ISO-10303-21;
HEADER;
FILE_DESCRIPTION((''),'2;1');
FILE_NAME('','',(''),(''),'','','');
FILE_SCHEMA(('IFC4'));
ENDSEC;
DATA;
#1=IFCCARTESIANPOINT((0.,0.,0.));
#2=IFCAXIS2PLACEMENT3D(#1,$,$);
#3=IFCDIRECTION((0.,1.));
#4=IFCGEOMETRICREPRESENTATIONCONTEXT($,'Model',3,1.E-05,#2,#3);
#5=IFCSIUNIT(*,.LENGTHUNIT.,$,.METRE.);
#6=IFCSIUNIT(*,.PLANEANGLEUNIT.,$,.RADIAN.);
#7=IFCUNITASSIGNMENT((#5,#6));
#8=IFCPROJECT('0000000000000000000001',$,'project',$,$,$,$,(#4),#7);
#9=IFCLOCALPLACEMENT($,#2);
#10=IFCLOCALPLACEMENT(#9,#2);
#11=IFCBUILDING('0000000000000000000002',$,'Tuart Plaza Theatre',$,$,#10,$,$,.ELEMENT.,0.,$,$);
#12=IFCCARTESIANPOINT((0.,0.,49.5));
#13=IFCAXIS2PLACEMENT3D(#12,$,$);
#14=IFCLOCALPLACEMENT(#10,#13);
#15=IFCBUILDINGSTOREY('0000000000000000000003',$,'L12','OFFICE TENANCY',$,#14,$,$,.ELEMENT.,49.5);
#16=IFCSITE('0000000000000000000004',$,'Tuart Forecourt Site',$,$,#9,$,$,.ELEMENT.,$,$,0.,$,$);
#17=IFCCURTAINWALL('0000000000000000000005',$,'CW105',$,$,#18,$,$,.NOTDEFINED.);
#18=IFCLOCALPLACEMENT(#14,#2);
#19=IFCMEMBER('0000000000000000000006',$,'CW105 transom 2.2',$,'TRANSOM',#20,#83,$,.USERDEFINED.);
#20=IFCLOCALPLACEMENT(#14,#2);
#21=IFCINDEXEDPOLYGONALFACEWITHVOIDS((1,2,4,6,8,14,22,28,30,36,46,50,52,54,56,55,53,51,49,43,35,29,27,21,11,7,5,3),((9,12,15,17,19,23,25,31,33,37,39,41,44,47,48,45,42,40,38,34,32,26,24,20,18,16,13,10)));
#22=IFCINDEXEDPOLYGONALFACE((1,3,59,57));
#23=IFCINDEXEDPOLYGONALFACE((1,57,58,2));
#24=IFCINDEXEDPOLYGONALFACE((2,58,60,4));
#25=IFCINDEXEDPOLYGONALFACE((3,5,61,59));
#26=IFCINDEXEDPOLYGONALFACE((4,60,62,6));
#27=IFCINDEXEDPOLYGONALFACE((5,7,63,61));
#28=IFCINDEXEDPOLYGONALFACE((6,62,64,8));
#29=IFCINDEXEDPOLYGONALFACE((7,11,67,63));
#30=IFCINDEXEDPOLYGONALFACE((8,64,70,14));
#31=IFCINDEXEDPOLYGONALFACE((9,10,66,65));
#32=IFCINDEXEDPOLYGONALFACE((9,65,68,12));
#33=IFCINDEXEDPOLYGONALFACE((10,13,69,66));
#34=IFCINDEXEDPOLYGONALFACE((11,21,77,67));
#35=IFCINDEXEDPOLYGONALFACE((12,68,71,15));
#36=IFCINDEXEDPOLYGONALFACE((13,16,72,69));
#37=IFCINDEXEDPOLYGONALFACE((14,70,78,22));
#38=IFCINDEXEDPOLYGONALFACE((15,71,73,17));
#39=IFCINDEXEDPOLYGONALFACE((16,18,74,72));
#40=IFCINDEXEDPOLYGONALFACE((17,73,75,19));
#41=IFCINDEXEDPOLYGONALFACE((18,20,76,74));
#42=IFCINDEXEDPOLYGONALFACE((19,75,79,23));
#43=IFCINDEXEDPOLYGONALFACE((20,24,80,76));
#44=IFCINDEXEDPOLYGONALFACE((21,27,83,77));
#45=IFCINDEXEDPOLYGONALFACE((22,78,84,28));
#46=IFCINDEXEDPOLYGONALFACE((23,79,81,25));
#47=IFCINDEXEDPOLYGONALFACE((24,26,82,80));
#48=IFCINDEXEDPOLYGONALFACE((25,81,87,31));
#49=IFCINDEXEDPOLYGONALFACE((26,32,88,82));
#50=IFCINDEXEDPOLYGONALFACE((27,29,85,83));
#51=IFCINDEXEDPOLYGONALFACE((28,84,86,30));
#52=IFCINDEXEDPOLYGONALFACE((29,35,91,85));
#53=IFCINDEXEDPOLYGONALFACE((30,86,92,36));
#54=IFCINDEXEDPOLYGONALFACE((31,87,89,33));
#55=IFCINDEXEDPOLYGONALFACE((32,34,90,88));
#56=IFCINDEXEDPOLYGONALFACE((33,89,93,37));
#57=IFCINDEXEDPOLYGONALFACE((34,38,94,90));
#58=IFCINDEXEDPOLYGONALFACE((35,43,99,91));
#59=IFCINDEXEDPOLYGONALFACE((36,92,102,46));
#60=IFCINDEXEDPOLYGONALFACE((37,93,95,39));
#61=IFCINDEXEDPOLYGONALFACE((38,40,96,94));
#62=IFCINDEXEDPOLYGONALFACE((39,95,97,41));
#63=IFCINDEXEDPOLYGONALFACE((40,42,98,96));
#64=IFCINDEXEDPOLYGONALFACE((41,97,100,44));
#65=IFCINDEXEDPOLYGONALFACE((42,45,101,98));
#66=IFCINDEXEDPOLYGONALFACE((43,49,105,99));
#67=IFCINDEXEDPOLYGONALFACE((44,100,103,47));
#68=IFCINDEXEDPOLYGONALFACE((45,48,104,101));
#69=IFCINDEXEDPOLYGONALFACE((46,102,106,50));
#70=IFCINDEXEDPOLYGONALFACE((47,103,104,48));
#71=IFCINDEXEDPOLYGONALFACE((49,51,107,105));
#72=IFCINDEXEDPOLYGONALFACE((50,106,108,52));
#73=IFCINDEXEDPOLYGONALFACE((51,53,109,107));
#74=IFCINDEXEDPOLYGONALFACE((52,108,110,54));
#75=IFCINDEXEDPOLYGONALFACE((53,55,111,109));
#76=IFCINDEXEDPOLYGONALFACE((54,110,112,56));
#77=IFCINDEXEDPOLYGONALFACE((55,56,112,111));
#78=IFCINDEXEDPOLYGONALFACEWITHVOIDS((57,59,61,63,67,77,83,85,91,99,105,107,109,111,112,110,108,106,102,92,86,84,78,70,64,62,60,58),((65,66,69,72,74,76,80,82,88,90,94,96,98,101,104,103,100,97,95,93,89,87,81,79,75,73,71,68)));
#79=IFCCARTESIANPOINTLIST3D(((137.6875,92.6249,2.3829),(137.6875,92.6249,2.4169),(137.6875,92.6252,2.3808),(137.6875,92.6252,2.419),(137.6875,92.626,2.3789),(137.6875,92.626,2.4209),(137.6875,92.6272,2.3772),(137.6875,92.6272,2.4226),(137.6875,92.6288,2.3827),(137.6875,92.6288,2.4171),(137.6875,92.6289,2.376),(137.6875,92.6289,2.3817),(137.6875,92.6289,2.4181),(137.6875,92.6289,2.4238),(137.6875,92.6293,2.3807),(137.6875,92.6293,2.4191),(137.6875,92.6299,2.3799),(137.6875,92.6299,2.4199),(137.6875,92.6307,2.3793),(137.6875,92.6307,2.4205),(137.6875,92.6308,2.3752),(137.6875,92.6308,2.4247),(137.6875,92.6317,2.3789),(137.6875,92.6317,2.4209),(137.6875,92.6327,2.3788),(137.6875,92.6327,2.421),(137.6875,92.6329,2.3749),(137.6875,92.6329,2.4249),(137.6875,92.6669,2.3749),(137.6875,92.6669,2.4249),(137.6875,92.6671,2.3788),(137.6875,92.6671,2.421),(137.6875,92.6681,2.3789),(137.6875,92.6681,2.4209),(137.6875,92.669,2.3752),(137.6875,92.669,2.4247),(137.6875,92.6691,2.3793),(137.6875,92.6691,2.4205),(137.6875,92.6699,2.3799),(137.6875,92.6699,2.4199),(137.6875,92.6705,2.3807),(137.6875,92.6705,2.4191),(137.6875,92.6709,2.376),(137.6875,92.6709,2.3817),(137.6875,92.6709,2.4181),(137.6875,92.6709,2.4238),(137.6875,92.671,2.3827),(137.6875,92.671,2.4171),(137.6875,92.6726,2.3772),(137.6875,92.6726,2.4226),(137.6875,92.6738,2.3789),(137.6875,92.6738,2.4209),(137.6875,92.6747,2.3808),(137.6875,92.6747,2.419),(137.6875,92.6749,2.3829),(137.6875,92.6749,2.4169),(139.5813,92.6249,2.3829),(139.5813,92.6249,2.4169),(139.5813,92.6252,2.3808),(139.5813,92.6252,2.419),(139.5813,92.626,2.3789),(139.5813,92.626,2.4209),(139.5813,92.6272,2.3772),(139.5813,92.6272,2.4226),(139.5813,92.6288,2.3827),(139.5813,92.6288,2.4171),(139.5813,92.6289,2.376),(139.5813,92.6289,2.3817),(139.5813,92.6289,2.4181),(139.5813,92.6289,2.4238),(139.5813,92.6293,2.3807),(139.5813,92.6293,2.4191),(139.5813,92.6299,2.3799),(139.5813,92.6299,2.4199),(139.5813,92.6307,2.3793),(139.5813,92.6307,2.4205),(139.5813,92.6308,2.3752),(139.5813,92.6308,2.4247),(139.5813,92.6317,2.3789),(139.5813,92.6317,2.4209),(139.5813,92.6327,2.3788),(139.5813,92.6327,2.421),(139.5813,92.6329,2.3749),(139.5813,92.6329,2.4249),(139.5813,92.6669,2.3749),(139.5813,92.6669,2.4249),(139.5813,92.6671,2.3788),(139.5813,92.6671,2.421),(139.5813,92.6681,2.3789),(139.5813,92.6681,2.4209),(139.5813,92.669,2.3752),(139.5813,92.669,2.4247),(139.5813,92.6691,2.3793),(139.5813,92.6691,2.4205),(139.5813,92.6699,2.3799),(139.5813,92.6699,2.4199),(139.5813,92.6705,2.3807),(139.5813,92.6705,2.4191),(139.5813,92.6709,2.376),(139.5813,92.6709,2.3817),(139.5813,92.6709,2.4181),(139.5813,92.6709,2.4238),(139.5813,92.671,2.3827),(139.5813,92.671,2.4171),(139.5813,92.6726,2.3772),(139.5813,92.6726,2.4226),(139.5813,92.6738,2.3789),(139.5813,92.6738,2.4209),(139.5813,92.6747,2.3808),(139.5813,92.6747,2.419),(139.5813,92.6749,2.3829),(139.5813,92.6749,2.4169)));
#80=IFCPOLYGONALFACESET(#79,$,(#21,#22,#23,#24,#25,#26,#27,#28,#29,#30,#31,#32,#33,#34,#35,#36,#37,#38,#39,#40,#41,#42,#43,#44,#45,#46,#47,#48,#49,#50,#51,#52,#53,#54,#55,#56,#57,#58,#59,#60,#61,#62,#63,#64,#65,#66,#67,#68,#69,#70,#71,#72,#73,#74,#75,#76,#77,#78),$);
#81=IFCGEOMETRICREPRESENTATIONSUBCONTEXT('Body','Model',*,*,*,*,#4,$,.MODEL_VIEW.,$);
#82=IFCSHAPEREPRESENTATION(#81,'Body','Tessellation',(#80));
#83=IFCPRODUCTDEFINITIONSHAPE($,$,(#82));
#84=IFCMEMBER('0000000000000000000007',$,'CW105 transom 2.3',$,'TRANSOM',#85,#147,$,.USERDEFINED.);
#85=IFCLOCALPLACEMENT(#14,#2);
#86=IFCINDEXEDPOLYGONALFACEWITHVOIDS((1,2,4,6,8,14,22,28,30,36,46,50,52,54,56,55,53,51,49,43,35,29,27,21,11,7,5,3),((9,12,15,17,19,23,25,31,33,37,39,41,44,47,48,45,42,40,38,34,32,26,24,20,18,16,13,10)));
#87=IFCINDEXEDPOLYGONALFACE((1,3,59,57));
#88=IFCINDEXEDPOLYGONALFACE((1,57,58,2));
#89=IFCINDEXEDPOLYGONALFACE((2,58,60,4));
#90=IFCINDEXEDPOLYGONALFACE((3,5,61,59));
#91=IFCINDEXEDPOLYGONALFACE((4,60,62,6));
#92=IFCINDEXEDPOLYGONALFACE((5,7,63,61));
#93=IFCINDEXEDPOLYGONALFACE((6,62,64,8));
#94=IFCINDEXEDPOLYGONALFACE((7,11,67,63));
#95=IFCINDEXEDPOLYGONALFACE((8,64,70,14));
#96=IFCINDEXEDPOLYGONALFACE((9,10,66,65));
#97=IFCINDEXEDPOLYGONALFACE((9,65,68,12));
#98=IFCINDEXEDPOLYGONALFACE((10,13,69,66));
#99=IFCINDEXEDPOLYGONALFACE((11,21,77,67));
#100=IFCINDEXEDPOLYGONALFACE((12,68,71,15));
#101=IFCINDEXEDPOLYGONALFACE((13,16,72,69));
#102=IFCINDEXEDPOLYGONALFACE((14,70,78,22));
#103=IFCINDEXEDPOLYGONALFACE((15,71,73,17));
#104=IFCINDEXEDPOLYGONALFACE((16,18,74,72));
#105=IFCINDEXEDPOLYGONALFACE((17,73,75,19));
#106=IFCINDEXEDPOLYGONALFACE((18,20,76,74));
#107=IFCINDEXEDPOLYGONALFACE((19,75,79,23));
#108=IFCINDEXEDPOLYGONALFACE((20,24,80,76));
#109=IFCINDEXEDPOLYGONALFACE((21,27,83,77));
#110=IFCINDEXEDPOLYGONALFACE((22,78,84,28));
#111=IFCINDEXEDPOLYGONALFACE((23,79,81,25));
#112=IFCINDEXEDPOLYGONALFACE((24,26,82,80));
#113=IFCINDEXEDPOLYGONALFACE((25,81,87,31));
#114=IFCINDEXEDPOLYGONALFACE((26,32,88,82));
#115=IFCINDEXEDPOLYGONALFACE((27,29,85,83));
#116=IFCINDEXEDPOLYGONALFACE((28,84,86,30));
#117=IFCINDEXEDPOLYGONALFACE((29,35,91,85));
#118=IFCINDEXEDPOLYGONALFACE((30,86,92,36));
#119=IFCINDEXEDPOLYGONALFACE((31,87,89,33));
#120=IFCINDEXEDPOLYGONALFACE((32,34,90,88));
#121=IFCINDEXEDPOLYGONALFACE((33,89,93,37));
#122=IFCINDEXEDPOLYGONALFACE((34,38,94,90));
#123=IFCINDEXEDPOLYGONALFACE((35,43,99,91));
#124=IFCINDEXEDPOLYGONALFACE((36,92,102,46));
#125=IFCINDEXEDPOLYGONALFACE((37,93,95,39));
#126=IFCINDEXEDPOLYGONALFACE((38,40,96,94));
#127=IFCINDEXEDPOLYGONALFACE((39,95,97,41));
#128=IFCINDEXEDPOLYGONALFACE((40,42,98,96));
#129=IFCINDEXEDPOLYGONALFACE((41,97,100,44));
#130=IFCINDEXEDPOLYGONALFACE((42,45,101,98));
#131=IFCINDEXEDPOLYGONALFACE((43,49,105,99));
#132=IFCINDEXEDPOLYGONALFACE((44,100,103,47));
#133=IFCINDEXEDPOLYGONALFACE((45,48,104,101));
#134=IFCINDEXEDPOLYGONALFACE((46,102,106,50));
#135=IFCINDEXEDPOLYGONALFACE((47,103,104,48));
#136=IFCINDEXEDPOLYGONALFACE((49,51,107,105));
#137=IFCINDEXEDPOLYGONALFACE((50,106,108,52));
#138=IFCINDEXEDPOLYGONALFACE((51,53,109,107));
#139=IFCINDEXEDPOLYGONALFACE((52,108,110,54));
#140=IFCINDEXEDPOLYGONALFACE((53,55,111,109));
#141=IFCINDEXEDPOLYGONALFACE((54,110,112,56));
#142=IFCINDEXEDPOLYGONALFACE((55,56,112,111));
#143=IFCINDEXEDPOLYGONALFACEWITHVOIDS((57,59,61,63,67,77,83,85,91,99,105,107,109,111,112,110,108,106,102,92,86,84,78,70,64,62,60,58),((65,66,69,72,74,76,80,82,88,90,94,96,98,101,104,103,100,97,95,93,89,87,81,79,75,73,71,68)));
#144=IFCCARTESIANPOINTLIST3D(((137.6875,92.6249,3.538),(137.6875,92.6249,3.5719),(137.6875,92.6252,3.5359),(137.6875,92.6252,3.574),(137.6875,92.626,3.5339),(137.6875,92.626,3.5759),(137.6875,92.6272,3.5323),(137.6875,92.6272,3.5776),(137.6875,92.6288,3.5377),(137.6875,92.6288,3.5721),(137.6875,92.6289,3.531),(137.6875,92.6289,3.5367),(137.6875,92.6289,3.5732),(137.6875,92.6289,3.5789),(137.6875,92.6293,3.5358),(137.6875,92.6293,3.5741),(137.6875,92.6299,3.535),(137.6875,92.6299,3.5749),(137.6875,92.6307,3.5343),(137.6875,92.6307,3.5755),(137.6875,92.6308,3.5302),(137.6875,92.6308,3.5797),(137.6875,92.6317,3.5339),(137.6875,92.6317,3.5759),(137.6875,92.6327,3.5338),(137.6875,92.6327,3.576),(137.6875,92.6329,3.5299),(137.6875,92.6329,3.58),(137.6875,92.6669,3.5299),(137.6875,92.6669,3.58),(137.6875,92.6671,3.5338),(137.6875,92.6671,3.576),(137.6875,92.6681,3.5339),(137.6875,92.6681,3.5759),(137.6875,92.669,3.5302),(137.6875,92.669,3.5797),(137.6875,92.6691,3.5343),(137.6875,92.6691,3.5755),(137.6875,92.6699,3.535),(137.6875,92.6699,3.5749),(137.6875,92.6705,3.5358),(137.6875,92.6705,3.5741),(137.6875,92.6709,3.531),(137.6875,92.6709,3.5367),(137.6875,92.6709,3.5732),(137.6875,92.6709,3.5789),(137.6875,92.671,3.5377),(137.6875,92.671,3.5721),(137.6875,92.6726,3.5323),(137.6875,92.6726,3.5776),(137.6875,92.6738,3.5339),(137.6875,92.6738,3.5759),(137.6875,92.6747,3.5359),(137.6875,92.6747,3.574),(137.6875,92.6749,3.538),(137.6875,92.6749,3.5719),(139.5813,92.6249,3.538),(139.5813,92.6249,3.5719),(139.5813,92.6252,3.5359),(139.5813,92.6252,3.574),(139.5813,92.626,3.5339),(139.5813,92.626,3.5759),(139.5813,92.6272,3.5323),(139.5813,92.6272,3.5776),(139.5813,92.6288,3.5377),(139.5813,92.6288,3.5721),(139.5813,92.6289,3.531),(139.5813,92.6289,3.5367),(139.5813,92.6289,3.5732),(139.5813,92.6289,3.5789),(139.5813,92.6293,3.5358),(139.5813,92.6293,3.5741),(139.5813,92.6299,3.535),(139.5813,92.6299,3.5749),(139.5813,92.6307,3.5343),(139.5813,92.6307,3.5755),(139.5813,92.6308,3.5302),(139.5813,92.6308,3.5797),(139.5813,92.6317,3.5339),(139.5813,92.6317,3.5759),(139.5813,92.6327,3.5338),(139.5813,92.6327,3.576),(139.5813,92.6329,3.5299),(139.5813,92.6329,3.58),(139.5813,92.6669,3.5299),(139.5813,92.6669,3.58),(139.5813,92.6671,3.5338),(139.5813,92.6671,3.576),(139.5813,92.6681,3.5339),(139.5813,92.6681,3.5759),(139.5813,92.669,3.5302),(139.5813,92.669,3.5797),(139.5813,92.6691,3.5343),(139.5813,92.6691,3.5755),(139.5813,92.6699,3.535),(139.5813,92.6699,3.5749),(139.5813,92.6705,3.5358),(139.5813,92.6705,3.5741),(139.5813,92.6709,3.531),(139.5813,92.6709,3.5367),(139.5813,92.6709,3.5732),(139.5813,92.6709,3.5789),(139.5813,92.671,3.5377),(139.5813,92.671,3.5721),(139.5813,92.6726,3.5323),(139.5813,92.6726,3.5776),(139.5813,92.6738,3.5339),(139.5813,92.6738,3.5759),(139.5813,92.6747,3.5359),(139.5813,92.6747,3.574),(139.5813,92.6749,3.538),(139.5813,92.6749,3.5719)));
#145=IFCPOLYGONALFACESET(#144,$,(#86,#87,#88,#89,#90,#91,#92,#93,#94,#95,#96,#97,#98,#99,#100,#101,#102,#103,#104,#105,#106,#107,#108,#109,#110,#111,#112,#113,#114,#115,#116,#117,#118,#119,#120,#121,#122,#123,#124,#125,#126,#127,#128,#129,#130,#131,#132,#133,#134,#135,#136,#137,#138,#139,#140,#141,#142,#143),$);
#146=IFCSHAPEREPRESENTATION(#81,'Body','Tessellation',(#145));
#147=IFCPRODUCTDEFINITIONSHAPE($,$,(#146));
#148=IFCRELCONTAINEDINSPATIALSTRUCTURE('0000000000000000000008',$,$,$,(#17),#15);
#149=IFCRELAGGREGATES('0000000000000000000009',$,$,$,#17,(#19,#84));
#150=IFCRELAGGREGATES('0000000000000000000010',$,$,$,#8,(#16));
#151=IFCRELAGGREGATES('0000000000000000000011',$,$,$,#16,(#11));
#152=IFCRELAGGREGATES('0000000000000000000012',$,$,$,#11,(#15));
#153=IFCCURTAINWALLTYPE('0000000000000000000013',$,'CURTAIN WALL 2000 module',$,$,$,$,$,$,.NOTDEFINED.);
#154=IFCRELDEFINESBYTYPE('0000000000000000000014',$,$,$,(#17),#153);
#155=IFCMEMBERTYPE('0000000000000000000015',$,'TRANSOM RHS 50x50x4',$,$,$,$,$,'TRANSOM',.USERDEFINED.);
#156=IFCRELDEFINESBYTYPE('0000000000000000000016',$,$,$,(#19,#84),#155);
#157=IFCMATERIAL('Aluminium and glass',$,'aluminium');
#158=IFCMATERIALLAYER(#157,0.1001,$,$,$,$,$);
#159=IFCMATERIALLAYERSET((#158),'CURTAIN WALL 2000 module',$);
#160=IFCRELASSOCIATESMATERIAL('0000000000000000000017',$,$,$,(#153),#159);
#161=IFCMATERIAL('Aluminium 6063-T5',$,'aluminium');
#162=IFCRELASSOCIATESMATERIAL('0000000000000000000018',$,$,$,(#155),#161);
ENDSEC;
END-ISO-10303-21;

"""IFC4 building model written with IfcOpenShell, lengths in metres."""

from ifc_helpers import new_model, si_unit, direction, frame, origin, origin_2d, place, context, subcontext, project, spatial, hollow_rectangle, extrude, material, layer, layer_set, material_profile, profile_set, type_object, element, aggregate, save


model = new_model("IFC4")

# Units and contexts
model_context = context("Model", 3, precision=1e-05, world=origin(), true_north=direction((0.0, 1.0)))
body_context = subcontext(model_context, "Body", "Model", "MODEL_VIEW")
ifc_project = project(units=[si_unit("LENGTHUNIT", "METRE"), si_unit("PLANEANGLEUNIT", "RADIAN")], contexts=[model_context])

# Site, building, storey
site_placement = place(None, origin())
site = spatial("IfcSite", under=ifc_project, at=site_placement, Name="Tuart Forecourt Site", CompositionType="ELEMENT", RefElevation=0.0)
building_placement = place(site_placement, origin())
building = spatial("IfcBuilding", under=site, at=building_placement, Name="Tuart Plaza Theatre", CompositionType="ELEMENT", ElevationOfRefHeight=0.0)
storey_placement = place(building_placement, frame((0.0, 0.0, 49.5)))
storey = spatial("IfcBuildingStorey", under=building, at=storey_placement, Name="L12", Description="OFFICE TENANCY", CompositionType="ELEMENT", Elevation=49.5)

# Shared definitions
ifc_material_1 = material(Name="Aluminium and glass", Category="aluminium")
ifc_layer_1 = layer(ifc_material_1, 0.1001)
ifc_layer_set_1 = layer_set([ifc_layer_1], Name="CURTAIN WALL 2000 module")
curtain_wall_type = type_object("IfcCurtainWallType", Name="CURTAIN WALL 2000 module", PredefinedType="NOTDEFINED", material=ifc_layer_set_1)

# Curtain wall, members
curtain_wall_1_placement = place(storey_placement, origin())
curtain_wall_1 = element("IfcCurtainWall", 1, at=curtain_wall_1_placement, inside=storey, type_object=curtain_wall_type, Name="CW105", PredefinedType="NOTDEFINED")
ifc_material_2 = material(Name="Aluminium 6063-T5", Category="aluminium")
ifc_material_profile_1 = material_profile(ifc_material_2, hollow_rectangle(XDim=0.05, YDim=0.05, WallThickness=0.0039, InnerFilletRadius=0.0039, OuterFilletRadius=0.0081, at=origin_2d()), Name="RHS 50x50x4")
ifc_profile_set_1 = profile_set([ifc_material_profile_1], Name="Aluminium 6063-T5")
member_type_1 = type_object("IfcMemberType", Name="TRANSOM RHS 50x50x4", ElementType="TRANSOM", PredefinedType="USERDEFINED", material=ifc_profile_set_1)
member_1_placement = place(storey_placement, frame((139.5813, 92.6499, 2.3999), z_axis=(-1.0, 0.0, 0.0), x_axis=(0.0, -1.0, 0.0)))
member_1 = element("IfcMember", 2, at=member_1_placement, type_object=member_type_1, Name="CW105 transom 2.2", ObjectType="TRANSOM", PredefinedType="USERDEFINED", context=body_context, shape_type="SweptSolid", body=[
    extrude(hollow_rectangle(XDim=0.05, YDim=0.05, WallThickness=0.0039, InnerFilletRadius=0.0039, OuterFilletRadius=0.0081, at=origin_2d()), origin(), (0.0, 0.0, 1.0), 1.8938),
])
member_2_placement = place(storey_placement, frame((139.5813, 92.6499, 3.5549), z_axis=(-1.0, 0.0, 0.0), x_axis=(0.0, -1.0, 0.0)))
member_2 = element("IfcMember", 3, at=member_2_placement, type_object=member_type_1, Name="CW105 transom 2.3", ObjectType="TRANSOM", PredefinedType="USERDEFINED", context=body_context, shape_type="SweptSolid", body=[
    extrude(hollow_rectangle(XDim=0.05, YDim=0.05, WallThickness=0.0039, InnerFilletRadius=0.0039, OuterFilletRadius=0.0081, at=origin_2d()), origin(), (0.0, 0.0, 1.0), 1.8938),
])
aggregate(curtain_wall_1, [member_1, member_2])

save(model, "model.ifc")
